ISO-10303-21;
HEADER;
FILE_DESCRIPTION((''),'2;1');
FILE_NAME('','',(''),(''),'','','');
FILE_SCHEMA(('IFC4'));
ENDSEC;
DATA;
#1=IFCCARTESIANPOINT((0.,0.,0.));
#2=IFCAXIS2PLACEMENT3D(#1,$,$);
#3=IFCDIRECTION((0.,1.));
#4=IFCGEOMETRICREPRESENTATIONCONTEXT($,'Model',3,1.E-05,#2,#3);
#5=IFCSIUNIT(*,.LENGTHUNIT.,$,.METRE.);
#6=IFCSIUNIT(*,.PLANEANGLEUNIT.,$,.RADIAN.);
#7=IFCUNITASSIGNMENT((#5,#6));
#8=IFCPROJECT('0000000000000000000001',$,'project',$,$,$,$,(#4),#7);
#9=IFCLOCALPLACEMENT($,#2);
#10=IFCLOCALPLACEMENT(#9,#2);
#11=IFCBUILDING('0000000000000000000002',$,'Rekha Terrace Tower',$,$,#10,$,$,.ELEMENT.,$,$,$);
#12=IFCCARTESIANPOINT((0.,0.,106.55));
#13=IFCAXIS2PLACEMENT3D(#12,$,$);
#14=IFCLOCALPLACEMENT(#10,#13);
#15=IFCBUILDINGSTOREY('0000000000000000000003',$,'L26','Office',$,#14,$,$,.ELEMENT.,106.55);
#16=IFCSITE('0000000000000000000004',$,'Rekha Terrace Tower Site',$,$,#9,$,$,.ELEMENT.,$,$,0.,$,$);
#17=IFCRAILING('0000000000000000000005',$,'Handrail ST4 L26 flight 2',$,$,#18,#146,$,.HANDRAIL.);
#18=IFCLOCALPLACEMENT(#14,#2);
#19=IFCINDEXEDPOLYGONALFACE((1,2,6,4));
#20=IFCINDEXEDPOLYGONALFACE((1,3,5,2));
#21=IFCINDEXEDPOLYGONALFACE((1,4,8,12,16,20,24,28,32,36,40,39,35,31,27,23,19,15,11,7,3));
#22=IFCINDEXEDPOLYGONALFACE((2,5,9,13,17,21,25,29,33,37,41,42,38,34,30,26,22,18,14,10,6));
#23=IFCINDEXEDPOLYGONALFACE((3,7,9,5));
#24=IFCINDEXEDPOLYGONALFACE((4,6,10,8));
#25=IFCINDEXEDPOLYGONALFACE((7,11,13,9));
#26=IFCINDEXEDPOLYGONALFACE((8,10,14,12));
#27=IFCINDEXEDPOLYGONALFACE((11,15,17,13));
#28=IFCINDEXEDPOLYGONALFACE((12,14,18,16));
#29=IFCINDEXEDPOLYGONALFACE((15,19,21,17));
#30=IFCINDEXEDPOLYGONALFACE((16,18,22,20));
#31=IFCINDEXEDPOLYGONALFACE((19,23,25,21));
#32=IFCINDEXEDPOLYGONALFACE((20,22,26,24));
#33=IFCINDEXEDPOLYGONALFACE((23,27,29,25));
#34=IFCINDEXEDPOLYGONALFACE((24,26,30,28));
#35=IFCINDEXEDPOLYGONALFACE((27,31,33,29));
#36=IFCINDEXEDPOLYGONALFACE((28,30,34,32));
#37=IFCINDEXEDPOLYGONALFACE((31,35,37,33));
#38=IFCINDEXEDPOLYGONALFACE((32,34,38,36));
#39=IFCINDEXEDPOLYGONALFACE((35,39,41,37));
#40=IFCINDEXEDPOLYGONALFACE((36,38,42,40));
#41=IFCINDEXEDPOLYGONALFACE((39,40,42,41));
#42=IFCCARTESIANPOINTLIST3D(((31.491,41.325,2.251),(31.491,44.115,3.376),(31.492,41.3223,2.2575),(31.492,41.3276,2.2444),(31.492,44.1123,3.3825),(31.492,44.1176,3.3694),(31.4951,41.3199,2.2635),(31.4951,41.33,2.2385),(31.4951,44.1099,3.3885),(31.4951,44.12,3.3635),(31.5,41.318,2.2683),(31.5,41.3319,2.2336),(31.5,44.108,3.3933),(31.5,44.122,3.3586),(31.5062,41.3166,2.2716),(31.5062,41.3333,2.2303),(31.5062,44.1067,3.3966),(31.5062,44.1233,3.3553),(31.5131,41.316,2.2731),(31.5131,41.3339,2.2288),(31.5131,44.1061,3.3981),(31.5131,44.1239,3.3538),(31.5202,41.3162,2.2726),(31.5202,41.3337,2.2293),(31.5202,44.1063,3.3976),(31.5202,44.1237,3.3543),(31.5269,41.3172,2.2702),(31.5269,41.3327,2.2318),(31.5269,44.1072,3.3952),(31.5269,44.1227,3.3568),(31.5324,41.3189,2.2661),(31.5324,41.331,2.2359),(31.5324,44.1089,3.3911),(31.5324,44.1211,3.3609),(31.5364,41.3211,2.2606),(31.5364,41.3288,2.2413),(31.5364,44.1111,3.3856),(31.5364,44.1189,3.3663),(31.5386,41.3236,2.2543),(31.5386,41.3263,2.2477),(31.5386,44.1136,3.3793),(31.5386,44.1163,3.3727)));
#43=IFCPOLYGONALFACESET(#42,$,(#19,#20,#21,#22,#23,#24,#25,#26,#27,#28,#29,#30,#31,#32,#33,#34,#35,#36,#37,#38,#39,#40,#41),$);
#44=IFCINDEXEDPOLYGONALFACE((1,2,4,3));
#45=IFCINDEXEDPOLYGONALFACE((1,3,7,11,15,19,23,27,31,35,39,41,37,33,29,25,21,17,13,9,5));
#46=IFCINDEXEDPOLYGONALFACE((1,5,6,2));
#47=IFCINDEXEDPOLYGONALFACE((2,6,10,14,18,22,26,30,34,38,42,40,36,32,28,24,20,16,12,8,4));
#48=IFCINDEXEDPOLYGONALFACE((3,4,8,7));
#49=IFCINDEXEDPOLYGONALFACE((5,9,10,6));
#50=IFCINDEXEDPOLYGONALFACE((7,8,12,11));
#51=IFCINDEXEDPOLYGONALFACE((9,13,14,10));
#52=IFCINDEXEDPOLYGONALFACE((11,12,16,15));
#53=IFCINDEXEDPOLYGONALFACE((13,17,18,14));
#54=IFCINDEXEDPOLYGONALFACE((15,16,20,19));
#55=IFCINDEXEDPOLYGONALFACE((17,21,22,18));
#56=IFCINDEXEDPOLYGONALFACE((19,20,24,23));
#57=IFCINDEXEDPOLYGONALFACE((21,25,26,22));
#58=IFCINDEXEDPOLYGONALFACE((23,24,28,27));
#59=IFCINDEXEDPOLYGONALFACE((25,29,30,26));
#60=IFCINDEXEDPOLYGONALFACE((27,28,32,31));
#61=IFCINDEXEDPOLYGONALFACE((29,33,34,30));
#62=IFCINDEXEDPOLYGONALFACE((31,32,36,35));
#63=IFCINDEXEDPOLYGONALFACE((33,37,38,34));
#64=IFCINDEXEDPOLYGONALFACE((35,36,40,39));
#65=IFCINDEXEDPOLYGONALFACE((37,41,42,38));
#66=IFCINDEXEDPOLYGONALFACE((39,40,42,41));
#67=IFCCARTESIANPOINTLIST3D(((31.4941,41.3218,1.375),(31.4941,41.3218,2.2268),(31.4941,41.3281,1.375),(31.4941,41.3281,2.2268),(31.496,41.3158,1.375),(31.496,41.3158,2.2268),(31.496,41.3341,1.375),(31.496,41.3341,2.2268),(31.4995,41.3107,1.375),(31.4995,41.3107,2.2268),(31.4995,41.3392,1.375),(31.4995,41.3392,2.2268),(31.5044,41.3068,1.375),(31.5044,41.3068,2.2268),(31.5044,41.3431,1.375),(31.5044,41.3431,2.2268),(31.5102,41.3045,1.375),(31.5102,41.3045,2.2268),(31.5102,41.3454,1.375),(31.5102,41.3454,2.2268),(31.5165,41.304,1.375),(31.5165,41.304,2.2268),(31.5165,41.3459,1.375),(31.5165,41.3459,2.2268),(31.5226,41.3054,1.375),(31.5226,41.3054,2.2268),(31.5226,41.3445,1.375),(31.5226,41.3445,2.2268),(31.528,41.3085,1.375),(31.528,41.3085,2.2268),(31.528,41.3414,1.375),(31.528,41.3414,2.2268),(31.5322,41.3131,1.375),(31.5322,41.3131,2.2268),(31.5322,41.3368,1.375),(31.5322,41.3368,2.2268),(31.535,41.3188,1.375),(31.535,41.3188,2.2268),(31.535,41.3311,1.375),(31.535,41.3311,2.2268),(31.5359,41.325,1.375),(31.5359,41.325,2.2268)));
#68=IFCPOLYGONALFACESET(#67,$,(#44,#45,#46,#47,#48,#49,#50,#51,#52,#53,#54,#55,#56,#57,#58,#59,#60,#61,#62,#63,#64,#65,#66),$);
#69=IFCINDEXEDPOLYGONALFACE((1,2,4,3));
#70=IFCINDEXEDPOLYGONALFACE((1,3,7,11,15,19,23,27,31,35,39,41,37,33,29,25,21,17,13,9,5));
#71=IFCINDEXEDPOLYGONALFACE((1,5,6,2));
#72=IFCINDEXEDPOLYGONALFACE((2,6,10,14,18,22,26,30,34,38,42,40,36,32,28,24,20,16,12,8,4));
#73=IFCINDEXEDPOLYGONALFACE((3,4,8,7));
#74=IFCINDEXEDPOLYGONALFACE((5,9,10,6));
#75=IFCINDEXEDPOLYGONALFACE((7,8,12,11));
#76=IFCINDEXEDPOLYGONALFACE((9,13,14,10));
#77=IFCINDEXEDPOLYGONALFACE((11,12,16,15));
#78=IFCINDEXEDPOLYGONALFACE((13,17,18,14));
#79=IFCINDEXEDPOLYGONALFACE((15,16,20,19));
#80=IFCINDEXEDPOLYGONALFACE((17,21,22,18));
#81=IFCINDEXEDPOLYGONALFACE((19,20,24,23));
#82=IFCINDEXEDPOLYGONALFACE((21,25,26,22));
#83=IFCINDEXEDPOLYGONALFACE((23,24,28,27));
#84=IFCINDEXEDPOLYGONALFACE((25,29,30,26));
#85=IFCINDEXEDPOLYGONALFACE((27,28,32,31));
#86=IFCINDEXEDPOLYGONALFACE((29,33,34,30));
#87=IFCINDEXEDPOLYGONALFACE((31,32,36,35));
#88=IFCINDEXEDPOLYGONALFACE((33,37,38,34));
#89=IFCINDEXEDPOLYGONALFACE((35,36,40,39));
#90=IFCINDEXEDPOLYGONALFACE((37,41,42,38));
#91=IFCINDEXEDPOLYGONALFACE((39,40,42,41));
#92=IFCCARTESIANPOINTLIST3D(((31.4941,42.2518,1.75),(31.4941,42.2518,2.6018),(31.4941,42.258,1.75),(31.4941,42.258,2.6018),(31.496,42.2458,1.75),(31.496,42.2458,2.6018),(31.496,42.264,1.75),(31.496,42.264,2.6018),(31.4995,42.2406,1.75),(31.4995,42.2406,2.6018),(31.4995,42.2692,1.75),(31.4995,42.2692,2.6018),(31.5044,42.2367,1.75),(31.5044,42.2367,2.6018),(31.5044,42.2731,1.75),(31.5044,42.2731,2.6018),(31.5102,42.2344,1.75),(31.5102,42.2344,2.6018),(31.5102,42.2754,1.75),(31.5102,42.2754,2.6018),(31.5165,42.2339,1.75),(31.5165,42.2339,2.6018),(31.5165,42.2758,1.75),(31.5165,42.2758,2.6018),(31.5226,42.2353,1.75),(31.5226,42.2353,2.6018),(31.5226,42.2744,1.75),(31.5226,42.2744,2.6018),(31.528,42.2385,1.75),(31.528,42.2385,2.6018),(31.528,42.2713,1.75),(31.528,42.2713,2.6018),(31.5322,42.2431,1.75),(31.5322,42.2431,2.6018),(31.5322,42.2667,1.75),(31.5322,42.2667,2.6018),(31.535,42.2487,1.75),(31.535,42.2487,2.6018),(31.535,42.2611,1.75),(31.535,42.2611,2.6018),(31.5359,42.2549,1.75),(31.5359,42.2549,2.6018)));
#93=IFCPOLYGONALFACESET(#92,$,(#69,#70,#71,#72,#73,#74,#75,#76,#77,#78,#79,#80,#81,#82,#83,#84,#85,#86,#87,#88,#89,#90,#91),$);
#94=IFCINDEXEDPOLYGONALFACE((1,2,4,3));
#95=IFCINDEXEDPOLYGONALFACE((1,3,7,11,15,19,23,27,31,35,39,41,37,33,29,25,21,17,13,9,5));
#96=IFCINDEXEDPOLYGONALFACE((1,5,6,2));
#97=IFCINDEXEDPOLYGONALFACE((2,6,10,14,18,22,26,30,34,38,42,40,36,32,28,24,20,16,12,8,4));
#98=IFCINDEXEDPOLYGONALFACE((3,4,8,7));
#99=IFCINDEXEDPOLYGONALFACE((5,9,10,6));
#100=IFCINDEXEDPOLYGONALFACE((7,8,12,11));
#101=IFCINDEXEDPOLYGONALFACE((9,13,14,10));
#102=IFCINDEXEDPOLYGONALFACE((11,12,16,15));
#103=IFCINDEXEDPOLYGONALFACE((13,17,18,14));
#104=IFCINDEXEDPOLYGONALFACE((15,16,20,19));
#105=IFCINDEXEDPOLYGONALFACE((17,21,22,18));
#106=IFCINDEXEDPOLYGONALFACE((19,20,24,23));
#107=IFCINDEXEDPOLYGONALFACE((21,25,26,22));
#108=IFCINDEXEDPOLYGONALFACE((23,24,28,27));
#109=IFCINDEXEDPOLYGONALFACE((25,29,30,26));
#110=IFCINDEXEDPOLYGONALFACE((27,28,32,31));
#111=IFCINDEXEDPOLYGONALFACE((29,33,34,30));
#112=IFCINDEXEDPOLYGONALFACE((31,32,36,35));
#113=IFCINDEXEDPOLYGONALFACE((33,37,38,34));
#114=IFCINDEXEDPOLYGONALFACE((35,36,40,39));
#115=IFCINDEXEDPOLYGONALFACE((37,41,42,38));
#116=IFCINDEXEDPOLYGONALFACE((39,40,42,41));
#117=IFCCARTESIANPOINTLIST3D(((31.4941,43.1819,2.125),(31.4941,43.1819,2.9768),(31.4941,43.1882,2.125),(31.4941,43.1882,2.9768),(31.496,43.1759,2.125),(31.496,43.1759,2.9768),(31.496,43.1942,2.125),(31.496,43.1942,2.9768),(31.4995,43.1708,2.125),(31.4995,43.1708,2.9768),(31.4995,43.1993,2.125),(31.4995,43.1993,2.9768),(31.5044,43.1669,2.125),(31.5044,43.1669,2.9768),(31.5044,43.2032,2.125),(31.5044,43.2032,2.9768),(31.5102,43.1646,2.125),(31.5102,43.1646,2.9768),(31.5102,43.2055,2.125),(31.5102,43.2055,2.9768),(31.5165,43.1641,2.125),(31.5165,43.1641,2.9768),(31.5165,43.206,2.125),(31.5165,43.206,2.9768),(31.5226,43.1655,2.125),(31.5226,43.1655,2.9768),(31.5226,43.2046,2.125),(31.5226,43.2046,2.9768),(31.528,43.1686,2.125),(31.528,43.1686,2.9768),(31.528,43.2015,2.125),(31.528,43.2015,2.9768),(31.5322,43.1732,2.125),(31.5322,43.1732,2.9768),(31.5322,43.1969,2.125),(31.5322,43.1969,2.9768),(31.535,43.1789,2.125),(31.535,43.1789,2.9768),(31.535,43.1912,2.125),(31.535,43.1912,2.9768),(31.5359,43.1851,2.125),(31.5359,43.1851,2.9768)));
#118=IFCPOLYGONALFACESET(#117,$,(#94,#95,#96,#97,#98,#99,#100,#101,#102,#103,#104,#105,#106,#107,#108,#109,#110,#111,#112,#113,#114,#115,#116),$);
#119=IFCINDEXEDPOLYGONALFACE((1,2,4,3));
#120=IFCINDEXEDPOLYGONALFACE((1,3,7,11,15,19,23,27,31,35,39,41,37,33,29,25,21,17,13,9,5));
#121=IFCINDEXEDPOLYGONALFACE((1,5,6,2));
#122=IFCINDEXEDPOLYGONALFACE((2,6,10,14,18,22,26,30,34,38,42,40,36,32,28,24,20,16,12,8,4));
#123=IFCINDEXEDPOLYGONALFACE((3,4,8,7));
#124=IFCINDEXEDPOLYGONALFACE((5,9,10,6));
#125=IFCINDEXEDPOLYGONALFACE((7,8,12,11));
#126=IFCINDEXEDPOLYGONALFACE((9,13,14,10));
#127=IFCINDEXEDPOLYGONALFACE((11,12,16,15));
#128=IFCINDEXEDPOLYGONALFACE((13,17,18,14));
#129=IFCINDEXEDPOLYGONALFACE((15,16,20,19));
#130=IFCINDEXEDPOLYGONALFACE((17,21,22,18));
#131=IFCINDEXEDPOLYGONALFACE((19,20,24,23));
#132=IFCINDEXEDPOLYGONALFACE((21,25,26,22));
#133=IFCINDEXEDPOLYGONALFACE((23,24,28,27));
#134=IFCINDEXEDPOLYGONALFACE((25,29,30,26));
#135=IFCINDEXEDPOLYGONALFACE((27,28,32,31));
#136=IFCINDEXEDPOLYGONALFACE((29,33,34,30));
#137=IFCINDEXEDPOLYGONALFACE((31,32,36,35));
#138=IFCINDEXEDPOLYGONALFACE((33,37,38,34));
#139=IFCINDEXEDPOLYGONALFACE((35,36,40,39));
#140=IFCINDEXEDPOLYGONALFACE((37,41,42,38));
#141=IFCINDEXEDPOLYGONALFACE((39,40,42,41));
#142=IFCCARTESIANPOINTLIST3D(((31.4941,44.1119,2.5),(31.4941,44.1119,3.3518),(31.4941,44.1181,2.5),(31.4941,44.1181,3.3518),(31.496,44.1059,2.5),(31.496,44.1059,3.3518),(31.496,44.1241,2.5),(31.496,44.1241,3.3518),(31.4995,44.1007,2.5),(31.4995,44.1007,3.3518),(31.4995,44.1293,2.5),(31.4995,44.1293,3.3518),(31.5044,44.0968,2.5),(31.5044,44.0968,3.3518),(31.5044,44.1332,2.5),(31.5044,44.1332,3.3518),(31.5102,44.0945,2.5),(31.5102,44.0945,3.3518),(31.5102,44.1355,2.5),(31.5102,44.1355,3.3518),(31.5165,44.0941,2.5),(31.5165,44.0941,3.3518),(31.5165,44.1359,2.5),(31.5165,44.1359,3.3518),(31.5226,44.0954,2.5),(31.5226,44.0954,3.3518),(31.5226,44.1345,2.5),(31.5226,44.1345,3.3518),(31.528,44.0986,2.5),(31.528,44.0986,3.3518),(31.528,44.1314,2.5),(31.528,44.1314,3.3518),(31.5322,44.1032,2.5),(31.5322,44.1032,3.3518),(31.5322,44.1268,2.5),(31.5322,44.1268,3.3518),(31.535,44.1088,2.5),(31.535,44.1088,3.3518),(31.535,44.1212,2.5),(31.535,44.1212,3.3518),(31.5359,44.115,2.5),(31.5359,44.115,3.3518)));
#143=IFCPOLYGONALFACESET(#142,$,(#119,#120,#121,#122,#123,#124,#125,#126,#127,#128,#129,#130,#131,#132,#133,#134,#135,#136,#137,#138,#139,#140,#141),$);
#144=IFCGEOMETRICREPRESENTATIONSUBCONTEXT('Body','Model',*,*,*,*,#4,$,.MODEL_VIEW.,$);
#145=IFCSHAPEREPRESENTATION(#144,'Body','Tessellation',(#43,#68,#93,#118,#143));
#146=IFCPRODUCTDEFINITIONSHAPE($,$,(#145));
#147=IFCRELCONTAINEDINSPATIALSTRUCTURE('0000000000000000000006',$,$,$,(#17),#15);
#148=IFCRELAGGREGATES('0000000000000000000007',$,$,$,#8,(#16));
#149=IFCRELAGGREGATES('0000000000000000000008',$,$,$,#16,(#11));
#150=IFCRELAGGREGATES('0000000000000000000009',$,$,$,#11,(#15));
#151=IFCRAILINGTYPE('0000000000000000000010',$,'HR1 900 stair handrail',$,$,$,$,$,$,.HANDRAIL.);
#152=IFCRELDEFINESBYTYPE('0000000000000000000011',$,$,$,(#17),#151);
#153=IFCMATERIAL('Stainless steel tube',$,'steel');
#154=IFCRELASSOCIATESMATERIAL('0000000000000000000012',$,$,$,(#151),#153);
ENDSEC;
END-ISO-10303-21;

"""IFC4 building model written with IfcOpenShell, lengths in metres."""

from ifc_helpers import new_model, si_unit, direction, frame, origin, origin_2d, place, context, subcontext, project, spatial, circle, extrude, material, type_object, element, save


model = new_model("IFC4")

# Units and contexts
model_context = context("Model", 3, precision=1e-05, world=origin(), true_north=direction((0.0, 1.0)))
body_context = subcontext(model_context, "Body", "Model", "MODEL_VIEW")
ifc_project = project(units=[si_unit("LENGTHUNIT", "METRE"), si_unit("PLANEANGLEUNIT", "RADIAN")], contexts=[model_context])

# Site, building, storey
site_placement = place(None, origin())
site = spatial("IfcSite", under=ifc_project, at=site_placement, Name="Rekha Terrace Tower Site", CompositionType="ELEMENT", RefElevation=0.0)
building_placement = place(site_placement, origin())
building = spatial("IfcBuilding", under=site, at=building_placement, Name="Rekha Terrace Tower", CompositionType="ELEMENT")
storey_placement = place(building_placement, frame((0.0, 0.0, 106.55)))
storey = spatial("IfcBuildingStorey", under=building, at=storey_placement, Name="L26", Description="Office", CompositionType="ELEMENT", Elevation=106.55)

# Railing
ifc_material_1 = material(Name="Stainless steel tube", Category="steel")
railing_type_1 = type_object("IfcRailingType", Name="HR1 900 stair handrail", PredefinedType="HANDRAIL", material=ifc_material_1)
railing_1_placement = place(storey_placement, frame((31.5149, 41.325, 1.375)))
element("IfcRailing", 1, at=railing_1_placement, inside=storey, type_object=railing_type_1, Name="Handrail ST4 L26 flight 2", PredefinedType="HANDRAIL", context=body_context, shape_type="SweptSolid", body=[
    extrude(circle(Radius=0.0239, at=origin_2d()), frame((0.0, 0.0, 0.876), z_axis=(0.0, 0.927443, 0.373964), x_axis=(-1.0, 0.0, 0.0)), (0.0, 0.0, 1.0), 3.0083),
    extrude(circle(Radius=0.021, at=origin_2d()), origin(), (0.0, 0.0, 1.0), 0.8518),
    extrude(circle(Radius=0.021, at=origin_2d()), frame((0.0, 0.9299, 0.375)), (0.0, 0.0, 1.0), 0.8518),
    extrude(circle(Radius=0.021, at=origin_2d()), frame((0.0, 1.8601, 0.75)), (0.0, 0.0, 1.0), 0.8518),
    extrude(circle(Radius=0.021, at=origin_2d()), frame((0.0, 2.79, 1.125)), (0.0, 0.0, 1.0), 0.8518),
])

save(model, "model.ifc")
